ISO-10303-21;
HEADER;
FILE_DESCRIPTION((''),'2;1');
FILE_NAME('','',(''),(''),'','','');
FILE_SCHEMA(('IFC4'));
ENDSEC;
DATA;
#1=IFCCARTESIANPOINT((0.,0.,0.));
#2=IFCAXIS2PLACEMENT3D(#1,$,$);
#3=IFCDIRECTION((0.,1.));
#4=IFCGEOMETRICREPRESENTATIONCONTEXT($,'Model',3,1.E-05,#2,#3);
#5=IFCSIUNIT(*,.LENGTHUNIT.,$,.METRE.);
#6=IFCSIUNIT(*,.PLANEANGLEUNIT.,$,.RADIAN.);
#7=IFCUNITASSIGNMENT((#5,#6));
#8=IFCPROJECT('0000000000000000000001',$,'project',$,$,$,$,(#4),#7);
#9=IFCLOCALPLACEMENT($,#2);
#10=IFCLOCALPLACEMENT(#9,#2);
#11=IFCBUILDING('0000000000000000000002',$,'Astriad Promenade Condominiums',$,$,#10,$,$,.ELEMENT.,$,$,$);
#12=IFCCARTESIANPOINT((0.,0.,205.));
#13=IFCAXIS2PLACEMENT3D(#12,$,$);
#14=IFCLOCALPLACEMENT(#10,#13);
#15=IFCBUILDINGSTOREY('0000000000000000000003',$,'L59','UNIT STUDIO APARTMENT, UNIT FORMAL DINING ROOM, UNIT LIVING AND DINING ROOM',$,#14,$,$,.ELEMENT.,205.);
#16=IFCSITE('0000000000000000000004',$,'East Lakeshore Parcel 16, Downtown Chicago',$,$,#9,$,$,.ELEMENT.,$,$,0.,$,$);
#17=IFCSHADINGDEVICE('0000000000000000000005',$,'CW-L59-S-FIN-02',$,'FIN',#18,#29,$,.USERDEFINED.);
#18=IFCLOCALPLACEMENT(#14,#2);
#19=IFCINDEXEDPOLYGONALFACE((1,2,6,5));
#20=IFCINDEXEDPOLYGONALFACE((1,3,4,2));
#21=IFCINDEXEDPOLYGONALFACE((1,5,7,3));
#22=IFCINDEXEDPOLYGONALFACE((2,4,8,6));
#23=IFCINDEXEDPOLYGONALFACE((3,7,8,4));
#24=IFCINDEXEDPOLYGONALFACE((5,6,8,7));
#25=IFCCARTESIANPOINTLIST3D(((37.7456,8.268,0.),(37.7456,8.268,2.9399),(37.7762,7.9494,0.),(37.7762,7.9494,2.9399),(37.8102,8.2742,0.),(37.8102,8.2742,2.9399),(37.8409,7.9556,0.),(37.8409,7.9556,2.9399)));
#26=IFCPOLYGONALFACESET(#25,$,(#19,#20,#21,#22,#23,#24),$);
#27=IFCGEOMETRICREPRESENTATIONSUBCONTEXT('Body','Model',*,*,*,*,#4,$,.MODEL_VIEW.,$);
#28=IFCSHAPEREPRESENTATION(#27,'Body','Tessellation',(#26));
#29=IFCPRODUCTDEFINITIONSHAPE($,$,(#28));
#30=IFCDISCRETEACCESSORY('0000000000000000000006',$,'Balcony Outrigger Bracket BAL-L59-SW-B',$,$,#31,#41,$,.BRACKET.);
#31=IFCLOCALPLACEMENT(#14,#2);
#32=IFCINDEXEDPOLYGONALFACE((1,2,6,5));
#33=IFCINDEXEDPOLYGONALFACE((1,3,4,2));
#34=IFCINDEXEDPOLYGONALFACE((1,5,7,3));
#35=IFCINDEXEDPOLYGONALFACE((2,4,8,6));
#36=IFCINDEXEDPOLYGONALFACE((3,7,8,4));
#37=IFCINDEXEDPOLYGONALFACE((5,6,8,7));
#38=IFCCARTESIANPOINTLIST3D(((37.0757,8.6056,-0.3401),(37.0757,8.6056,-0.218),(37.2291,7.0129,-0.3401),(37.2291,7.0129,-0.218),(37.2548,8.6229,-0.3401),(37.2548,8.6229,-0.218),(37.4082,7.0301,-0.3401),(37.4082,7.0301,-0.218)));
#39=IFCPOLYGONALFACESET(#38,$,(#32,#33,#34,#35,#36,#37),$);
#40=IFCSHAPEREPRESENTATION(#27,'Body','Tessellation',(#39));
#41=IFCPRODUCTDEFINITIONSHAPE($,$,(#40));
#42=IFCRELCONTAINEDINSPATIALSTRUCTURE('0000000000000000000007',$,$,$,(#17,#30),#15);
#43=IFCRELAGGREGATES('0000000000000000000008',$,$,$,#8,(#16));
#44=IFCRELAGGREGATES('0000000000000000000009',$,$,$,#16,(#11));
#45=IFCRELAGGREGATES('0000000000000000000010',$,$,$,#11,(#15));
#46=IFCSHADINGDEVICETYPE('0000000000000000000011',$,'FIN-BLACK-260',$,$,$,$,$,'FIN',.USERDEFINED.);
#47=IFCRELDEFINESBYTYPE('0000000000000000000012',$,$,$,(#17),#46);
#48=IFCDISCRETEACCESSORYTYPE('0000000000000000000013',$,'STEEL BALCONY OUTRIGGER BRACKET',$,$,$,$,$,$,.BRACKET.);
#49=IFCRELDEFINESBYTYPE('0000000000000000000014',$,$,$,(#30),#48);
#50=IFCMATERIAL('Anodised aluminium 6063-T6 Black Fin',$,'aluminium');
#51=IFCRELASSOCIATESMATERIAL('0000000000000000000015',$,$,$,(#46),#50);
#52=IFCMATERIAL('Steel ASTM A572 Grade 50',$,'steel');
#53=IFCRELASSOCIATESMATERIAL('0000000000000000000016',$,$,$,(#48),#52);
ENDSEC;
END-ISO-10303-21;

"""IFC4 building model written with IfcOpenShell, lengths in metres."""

from ifc_helpers import new_model, si_unit, direction, frame, origin, origin_2d, place, context, subcontext, project, spatial, rectangle, extrude, source, transform, mapped, material, type_object, type_shapes, element, save


model = new_model("IFC4")

# Units and contexts
model_context = context("Model", 3, precision=1e-05, world=origin(), true_north=direction((0.0, 1.0)))
body_context = subcontext(model_context, "Body", "Model", "MODEL_VIEW")
ifc_project = project(units=[si_unit("LENGTHUNIT", "METRE"), si_unit("PLANEANGLEUNIT", "RADIAN")], contexts=[model_context])

# Site, building, storey
site_placement = place(None, origin())
site = spatial("IfcSite", under=ifc_project, at=site_placement, Name="East Lakeshore Parcel 16, Downtown Chicago", CompositionType="ELEMENT", RefElevation=0.0)
building_placement = place(site_placement, origin())
building = spatial("IfcBuilding", under=site, at=building_placement, Name="Astriad Promenade Condominiums", CompositionType="ELEMENT")
storey_placement = place(building_placement, frame((0.0, 0.0, 205.0)))
storey = spatial("IfcBuildingStorey", under=building, at=storey_placement, Name="L59", Description="UNIT STUDIO APARTMENT, UNIT FORMAL DINING ROOM, UNIT LIVING AND DINING ROOM", CompositionType="ELEMENT", Elevation=205.0)

# Shading device
ifc_material_1 = material(Name="Anodised aluminium 6063-T6 Black Fin", Category="aluminium")
shading_device_type = type_object("IfcShadingDeviceType", Name="FIN-BLACK-260", ElementType="FIN", PredefinedType="USERDEFINED", material=ifc_material_1)
shared_shape_1 = source(origin(), body_context, "Body", "SweptSolid", [
    extrude(rectangle(XDim=0.0649, YDim=0.3201, at=origin_2d()), origin(), (0.0, 0.0, 1.0), 2.9399),
])
type_shapes(shading_device_type, [shared_shape_1])
shading_device_placement = place(storey_placement, frame((37.7932, 8.1118, 0.0), z_axis=(0.0, 0.0, 1.0), x_axis=(-0.995396, -0.095846, 0.0)))
element("IfcShadingDevice", 1, at=shading_device_placement, inside=storey, type_object=shading_device_type, Name="CW-L59-S-FIN-02", ObjectType="FIN", PredefinedType="USERDEFINED", context=body_context, shape_type="MappedRepresentation", body=[
    mapped(shared_shape_1, transform((0.0, 0.0, 0.0), scale=1.0)),
])

# Discrete accessory
ifc_material_2 = material(Name="Steel ASTM A572 Grade 50", Category="steel")
discrete_accessory_type = type_object("IfcDiscreteAccessoryType", Name="STEEL BALCONY OUTRIGGER BRACKET", PredefinedType="BRACKET", material=ifc_material_2)
shared_shape_2 = source(origin(), body_context, "Body", "SweptSolid", [
    extrude(rectangle(XDim=1.6001, YDim=0.1799, at=origin_2d()), origin(), (0.0, 0.0, 1.0), 0.1221),
])
type_shapes(discrete_accessory_type, [shared_shape_2])
discrete_accessory_placement = place(storey_placement, frame((37.2419, 7.8179, -0.3401), z_axis=(0.0, 0.0, 1.0), x_axis=(0.095846, -0.995396, 0.0)))
element("IfcDiscreteAccessory", 2, at=discrete_accessory_placement, inside=storey, type_object=discrete_accessory_type, Name="Balcony Outrigger Bracket BAL-L59-SW-B", PredefinedType="BRACKET", context=body_context, shape_type="MappedRepresentation", body=[
    mapped(shared_shape_2, transform((0.0, 0.0, 0.0), scale=1.0)),
])

save(model, "model.ifc")
